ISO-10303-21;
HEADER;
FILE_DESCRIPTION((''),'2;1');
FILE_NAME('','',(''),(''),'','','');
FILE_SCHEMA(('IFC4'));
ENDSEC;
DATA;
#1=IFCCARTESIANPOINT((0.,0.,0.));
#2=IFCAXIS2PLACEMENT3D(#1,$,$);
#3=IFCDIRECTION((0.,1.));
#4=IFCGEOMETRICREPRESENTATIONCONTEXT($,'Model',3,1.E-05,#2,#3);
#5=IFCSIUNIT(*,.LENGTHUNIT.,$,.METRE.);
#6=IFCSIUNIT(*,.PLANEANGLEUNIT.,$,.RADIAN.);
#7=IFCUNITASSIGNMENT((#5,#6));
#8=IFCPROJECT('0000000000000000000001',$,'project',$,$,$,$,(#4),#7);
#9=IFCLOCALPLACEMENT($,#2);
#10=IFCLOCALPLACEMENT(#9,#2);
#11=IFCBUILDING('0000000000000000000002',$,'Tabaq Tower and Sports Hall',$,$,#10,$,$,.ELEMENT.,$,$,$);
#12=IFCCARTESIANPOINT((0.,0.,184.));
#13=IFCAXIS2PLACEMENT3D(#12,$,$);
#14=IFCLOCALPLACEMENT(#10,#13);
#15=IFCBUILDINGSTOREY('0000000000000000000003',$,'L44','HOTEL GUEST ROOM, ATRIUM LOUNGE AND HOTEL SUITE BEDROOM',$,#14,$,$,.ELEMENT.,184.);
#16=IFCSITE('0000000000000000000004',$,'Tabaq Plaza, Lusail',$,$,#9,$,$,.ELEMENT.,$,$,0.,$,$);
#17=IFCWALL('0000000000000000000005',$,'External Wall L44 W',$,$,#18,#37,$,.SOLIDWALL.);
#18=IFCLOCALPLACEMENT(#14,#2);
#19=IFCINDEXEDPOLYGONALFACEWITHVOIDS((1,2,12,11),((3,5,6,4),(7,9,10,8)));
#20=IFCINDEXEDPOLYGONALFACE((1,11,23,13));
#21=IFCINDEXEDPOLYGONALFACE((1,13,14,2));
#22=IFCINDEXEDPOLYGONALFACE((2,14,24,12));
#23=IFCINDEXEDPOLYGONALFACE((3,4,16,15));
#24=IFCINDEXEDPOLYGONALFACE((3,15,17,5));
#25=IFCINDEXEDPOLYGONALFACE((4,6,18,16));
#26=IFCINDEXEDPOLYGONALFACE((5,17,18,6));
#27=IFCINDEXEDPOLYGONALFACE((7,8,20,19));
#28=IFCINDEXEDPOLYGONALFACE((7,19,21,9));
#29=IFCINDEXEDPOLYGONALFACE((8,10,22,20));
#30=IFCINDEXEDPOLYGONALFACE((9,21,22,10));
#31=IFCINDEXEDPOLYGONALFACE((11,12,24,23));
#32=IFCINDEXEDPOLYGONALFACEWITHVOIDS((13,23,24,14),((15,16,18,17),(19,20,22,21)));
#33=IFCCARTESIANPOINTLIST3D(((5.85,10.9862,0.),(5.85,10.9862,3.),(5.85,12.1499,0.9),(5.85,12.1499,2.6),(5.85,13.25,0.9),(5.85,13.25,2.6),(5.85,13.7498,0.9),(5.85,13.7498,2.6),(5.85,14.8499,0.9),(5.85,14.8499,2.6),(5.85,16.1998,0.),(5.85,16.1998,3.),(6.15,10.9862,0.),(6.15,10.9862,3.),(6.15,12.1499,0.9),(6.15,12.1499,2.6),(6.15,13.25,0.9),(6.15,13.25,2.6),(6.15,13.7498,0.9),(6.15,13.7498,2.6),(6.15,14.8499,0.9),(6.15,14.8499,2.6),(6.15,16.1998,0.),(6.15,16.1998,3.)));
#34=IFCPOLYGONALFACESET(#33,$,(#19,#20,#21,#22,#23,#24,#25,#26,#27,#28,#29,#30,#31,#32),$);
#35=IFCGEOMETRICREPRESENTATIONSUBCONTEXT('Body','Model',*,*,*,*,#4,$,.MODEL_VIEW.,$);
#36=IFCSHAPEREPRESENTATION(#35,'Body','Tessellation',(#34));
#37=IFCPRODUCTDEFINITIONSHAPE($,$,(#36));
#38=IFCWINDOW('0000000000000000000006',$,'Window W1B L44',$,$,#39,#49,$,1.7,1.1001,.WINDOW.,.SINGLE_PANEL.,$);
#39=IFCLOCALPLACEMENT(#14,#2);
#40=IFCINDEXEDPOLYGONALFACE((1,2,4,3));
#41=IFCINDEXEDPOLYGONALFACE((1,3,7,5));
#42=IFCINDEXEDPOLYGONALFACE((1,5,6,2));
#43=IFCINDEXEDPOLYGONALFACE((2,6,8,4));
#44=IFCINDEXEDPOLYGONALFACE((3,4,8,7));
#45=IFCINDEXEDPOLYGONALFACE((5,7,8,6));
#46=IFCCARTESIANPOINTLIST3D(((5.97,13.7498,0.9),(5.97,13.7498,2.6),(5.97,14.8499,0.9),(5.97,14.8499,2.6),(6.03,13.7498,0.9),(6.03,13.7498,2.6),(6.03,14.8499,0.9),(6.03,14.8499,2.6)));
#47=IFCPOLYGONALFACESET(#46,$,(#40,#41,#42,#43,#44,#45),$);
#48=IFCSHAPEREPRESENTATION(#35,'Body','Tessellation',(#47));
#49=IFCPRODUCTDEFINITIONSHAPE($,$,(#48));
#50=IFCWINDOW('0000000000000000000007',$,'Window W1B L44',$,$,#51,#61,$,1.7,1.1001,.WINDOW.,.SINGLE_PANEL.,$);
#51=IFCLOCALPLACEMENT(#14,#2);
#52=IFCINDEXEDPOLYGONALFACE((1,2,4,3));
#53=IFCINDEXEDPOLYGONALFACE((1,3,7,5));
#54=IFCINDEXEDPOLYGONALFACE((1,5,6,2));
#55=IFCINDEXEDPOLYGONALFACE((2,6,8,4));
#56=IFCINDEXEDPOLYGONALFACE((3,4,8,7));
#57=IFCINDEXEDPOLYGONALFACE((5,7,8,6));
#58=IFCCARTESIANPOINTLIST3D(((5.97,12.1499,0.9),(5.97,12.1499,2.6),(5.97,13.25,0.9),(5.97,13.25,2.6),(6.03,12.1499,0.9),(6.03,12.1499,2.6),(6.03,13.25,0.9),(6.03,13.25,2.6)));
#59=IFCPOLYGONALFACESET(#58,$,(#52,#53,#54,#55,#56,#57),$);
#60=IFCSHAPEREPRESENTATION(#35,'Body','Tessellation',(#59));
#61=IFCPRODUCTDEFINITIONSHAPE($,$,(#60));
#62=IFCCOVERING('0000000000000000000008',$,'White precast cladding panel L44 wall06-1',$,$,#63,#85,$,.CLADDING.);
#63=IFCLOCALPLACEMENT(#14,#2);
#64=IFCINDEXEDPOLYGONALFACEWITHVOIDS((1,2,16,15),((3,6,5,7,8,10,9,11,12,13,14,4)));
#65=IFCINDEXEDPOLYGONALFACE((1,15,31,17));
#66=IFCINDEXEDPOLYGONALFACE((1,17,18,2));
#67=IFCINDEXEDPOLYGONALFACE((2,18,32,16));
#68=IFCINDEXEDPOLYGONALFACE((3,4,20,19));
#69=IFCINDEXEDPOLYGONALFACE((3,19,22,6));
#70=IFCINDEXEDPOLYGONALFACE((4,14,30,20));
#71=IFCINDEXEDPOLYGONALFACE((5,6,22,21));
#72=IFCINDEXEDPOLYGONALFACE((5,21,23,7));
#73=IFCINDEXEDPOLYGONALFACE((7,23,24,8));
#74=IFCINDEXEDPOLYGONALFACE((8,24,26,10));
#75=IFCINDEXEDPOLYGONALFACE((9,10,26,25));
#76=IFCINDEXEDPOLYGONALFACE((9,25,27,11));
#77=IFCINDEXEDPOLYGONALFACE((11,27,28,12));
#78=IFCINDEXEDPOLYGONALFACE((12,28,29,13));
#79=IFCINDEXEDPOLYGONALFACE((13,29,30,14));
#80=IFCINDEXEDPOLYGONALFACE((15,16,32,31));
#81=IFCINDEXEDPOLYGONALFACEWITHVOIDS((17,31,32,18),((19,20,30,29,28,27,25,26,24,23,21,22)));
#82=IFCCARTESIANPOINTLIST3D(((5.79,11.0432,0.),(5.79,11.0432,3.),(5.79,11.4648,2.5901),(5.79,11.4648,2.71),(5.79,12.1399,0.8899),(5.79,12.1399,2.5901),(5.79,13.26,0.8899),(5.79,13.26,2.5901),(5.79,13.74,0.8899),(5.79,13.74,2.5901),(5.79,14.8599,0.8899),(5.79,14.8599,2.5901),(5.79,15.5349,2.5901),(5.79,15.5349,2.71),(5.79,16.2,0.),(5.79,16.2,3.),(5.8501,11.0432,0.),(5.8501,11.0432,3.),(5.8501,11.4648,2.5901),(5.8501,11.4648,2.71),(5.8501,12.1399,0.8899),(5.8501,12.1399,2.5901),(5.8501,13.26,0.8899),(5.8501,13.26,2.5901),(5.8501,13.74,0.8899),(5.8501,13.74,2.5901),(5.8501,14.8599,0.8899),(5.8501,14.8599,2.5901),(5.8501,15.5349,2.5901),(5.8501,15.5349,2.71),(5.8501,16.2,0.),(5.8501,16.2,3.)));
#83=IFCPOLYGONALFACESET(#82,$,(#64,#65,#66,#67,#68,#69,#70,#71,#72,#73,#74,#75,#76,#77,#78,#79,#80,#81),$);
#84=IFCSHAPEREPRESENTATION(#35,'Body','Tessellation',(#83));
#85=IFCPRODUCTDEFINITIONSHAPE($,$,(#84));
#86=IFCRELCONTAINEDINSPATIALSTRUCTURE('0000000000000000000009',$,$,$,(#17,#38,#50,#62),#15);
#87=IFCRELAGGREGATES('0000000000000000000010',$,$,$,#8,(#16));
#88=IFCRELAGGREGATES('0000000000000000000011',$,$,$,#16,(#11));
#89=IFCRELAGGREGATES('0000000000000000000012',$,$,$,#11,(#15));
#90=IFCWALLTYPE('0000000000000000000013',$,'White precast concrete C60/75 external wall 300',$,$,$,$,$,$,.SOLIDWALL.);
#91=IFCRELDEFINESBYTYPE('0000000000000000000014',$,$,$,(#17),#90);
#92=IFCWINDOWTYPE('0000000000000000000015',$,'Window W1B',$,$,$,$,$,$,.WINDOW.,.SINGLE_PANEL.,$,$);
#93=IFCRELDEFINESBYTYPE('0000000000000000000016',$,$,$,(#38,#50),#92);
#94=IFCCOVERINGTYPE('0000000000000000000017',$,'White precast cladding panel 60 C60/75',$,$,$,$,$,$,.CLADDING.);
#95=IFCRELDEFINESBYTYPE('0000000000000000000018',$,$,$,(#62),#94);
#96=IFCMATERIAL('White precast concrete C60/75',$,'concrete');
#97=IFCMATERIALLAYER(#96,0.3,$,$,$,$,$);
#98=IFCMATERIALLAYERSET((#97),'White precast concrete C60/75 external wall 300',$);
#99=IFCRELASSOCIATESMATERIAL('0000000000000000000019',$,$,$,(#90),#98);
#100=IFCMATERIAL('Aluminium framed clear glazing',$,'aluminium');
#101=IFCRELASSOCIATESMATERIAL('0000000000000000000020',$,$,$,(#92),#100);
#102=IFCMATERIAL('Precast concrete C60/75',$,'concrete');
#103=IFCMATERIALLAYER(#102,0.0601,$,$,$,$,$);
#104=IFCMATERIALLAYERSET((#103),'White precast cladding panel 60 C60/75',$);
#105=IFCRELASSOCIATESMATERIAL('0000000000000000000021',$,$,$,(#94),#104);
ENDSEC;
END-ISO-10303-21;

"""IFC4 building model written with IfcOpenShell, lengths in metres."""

from ifc_helpers import new_model, si_unit, direction, frame, frame_2d, origin, place, context, subcontext, project, spatial, polyline, rectangle, outline, extrude, material, layer, layer_set, type_object, element, fill, save


model = new_model("IFC4")

# Units and contexts
model_context = context("Model", 3, precision=1e-05, world=origin(), true_north=direction((0.0, 1.0)))
body_context = subcontext(model_context, "Body", "Model", "MODEL_VIEW")
ifc_project = project(units=[si_unit("LENGTHUNIT", "METRE"), si_unit("PLANEANGLEUNIT", "RADIAN")], contexts=[model_context])

# Site, building, storey
site_placement = place(None, origin())
site = spatial("IfcSite", under=ifc_project, at=site_placement, Name="Tabaq Plaza, Lusail", CompositionType="ELEMENT", RefElevation=0.0)
building_placement = place(site_placement, origin())
building = spatial("IfcBuilding", under=site, at=building_placement, Name="Tabaq Tower and Sports Hall", CompositionType="ELEMENT")
storey_placement = place(building_placement, frame((0.0, 0.0, 184.0)))
storey = spatial("IfcBuildingStorey", under=building, at=storey_placement, Name="L44", Description="HOTEL GUEST ROOM, ATRIUM LOUNGE AND HOTEL SUITE BEDROOM", CompositionType="ELEMENT", Elevation=184.0)

# Wall, openings, windows
ifc_material_1 = material(Name="White precast concrete C60/75", Category="concrete")
ifc_layer_1 = layer(ifc_material_1, 0.3)
ifc_layer_set_1 = layer_set([ifc_layer_1], Name="White precast concrete C60/75 external wall 300")
wall_type_1 = type_object("IfcWallType", Name="White precast concrete C60/75 external wall 300", PredefinedType="SOLIDWALL", material=ifc_layer_set_1)
wall_1_placement = place(storey_placement, frame((6.0, 16.2, 0.0), z_axis=(0.0, 0.0, 1.0), x_axis=(0.0, -1.0, 0.0)))
wall_1 = element("IfcWall", 1, at=wall_1_placement, inside=storey, type_object=wall_type_1, Name="External Wall L44 W", PredefinedType="SOLIDWALL", context=body_context, shape_type="SweptSolid", body=[
    extrude(rectangle(XDim=5.2136, YDim=0.3, at=frame_2d((2.6069, 0.0))), origin(), (0.0, 0.0, 1.0), 3.0),
])
opening_1_placement = place(wall_1_placement, frame((1.3501, 0.0, 0.8999)))
opening_1 = element("IfcOpeningElement", 2, at=opening_1_placement, cuts=wall_1, PredefinedType="OPENING", context=body_context, shape_type="SweptSolid", body=[
    extrude(rectangle(XDim=1.1001, YDim=1.7, at=frame_2d((0.55, 0.8501))), frame((0.0, 0.1602, 0.0), z_axis=(0.0, -1.0, 0.0), x_axis=(1.0, 0.0, 0.0)), (0.0, 0.0, 1.0), 0.3201),
])
opening_2_placement = place(wall_1_placement, frame((2.95, 0.0, 0.8999)))
opening_2 = element("IfcOpeningElement", 3, at=opening_2_placement, cuts=wall_1, PredefinedType="OPENING", context=body_context, shape_type="SweptSolid", body=[
    extrude(rectangle(XDim=1.1001, YDim=1.7, at=frame_2d((0.55, 0.8501))), frame((0.0, 0.1602, 0.0), z_axis=(0.0, -1.0, 0.0), x_axis=(1.0, 0.0, 0.0)), (0.0, 0.0, 1.0), 0.3201),
])
ifc_material_2 = material(Name="Aluminium framed clear glazing", Category="aluminium")
window_type = type_object("IfcWindowType", Name="Window W1B", PartitioningType="SINGLE_PANEL", PredefinedType="WINDOW", material=ifc_material_2)
window_1_placement = place(opening_1_placement, origin())
window_1 = element("IfcWindow", 4, at=window_1_placement, inside=storey, type_object=window_type, Name="Window W1B L44", OverallHeight=1.7, OverallWidth=1.1001, PartitioningType="SINGLE_PANEL", PredefinedType="WINDOW", context=body_context, shape_type="SweptSolid", body=[
    extrude(rectangle(XDim=1.1001, YDim=1.7, at=frame_2d((0.55, 0.8501))), frame((0.0, 0.03, 0.0), z_axis=(0.0, -1.0, 0.0), x_axis=(1.0, 0.0, 0.0)), (0.0, 0.0, 1.0), 0.0601),
])
fill(opening_1, window_1)
window_2_placement = place(opening_2_placement, origin())
window_2 = element("IfcWindow", 5, at=window_2_placement, inside=storey, type_object=window_type, Name="Window W1B L44", OverallHeight=1.7, OverallWidth=1.1001, PartitioningType="SINGLE_PANEL", PredefinedType="WINDOW", context=body_context, shape_type="SweptSolid", body=[
    extrude(rectangle(XDim=1.1001, YDim=1.7, at=frame_2d((0.55, 0.8501))), frame((0.0, 0.03, 0.0), z_axis=(0.0, -1.0, 0.0), x_axis=(1.0, 0.0, 0.0)), (0.0, 0.0, 1.0), 0.0601),
])
fill(opening_2, window_2)

# Covering
ifc_material_3 = material(Name="Precast concrete C60/75", Category="concrete")
ifc_layer_2 = layer(ifc_material_3, 0.0601)
ifc_layer_set_2 = layer_set([ifc_layer_2], Name="White precast cladding panel 60 C60/75")
covering_type = type_object("IfcCoveringType", Name="White precast cladding panel 60 C60/75", PredefinedType="CLADDING", material=ifc_layer_set_2)
covering_placement = place(storey_placement, frame((5.8201, 16.2, 0.0), z_axis=(0.0, 0.0, 1.0), x_axis=(0.0, -1.0, 0.0)))
element("IfcCovering", 6, at=covering_placement, inside=storey, type_object=covering_type, Name="White precast cladding panel L44 wall06-1", PredefinedType="CLADDING", context=body_context, shape_type="SweptSolid", body=[
    extrude(outline(polyline([(0.0, 0.0), (5.1567, 0.0), (5.1567, 3.0), (0.0, 3.0), (0.0, 0.0)]), holes=[polyline([(1.3401, 2.5901), (0.665, 2.5901), (0.665, 2.71), (4.7351, 2.71), (4.7351, 2.5901), (4.0601, 2.5901), (4.0601, 0.8899), (2.9399, 0.8899), (2.9399, 2.5901), (2.46, 2.5901), (2.46, 0.8899), (1.3401, 0.8899), (1.3401, 2.5901)])]), frame((0.0, 0.03, 0.0), z_axis=(0.0, -1.0, 0.0), x_axis=(1.0, 0.0, 0.0)), (0.0, 0.0, 1.0), 0.0601),
])

save(model, "model.ifc")
